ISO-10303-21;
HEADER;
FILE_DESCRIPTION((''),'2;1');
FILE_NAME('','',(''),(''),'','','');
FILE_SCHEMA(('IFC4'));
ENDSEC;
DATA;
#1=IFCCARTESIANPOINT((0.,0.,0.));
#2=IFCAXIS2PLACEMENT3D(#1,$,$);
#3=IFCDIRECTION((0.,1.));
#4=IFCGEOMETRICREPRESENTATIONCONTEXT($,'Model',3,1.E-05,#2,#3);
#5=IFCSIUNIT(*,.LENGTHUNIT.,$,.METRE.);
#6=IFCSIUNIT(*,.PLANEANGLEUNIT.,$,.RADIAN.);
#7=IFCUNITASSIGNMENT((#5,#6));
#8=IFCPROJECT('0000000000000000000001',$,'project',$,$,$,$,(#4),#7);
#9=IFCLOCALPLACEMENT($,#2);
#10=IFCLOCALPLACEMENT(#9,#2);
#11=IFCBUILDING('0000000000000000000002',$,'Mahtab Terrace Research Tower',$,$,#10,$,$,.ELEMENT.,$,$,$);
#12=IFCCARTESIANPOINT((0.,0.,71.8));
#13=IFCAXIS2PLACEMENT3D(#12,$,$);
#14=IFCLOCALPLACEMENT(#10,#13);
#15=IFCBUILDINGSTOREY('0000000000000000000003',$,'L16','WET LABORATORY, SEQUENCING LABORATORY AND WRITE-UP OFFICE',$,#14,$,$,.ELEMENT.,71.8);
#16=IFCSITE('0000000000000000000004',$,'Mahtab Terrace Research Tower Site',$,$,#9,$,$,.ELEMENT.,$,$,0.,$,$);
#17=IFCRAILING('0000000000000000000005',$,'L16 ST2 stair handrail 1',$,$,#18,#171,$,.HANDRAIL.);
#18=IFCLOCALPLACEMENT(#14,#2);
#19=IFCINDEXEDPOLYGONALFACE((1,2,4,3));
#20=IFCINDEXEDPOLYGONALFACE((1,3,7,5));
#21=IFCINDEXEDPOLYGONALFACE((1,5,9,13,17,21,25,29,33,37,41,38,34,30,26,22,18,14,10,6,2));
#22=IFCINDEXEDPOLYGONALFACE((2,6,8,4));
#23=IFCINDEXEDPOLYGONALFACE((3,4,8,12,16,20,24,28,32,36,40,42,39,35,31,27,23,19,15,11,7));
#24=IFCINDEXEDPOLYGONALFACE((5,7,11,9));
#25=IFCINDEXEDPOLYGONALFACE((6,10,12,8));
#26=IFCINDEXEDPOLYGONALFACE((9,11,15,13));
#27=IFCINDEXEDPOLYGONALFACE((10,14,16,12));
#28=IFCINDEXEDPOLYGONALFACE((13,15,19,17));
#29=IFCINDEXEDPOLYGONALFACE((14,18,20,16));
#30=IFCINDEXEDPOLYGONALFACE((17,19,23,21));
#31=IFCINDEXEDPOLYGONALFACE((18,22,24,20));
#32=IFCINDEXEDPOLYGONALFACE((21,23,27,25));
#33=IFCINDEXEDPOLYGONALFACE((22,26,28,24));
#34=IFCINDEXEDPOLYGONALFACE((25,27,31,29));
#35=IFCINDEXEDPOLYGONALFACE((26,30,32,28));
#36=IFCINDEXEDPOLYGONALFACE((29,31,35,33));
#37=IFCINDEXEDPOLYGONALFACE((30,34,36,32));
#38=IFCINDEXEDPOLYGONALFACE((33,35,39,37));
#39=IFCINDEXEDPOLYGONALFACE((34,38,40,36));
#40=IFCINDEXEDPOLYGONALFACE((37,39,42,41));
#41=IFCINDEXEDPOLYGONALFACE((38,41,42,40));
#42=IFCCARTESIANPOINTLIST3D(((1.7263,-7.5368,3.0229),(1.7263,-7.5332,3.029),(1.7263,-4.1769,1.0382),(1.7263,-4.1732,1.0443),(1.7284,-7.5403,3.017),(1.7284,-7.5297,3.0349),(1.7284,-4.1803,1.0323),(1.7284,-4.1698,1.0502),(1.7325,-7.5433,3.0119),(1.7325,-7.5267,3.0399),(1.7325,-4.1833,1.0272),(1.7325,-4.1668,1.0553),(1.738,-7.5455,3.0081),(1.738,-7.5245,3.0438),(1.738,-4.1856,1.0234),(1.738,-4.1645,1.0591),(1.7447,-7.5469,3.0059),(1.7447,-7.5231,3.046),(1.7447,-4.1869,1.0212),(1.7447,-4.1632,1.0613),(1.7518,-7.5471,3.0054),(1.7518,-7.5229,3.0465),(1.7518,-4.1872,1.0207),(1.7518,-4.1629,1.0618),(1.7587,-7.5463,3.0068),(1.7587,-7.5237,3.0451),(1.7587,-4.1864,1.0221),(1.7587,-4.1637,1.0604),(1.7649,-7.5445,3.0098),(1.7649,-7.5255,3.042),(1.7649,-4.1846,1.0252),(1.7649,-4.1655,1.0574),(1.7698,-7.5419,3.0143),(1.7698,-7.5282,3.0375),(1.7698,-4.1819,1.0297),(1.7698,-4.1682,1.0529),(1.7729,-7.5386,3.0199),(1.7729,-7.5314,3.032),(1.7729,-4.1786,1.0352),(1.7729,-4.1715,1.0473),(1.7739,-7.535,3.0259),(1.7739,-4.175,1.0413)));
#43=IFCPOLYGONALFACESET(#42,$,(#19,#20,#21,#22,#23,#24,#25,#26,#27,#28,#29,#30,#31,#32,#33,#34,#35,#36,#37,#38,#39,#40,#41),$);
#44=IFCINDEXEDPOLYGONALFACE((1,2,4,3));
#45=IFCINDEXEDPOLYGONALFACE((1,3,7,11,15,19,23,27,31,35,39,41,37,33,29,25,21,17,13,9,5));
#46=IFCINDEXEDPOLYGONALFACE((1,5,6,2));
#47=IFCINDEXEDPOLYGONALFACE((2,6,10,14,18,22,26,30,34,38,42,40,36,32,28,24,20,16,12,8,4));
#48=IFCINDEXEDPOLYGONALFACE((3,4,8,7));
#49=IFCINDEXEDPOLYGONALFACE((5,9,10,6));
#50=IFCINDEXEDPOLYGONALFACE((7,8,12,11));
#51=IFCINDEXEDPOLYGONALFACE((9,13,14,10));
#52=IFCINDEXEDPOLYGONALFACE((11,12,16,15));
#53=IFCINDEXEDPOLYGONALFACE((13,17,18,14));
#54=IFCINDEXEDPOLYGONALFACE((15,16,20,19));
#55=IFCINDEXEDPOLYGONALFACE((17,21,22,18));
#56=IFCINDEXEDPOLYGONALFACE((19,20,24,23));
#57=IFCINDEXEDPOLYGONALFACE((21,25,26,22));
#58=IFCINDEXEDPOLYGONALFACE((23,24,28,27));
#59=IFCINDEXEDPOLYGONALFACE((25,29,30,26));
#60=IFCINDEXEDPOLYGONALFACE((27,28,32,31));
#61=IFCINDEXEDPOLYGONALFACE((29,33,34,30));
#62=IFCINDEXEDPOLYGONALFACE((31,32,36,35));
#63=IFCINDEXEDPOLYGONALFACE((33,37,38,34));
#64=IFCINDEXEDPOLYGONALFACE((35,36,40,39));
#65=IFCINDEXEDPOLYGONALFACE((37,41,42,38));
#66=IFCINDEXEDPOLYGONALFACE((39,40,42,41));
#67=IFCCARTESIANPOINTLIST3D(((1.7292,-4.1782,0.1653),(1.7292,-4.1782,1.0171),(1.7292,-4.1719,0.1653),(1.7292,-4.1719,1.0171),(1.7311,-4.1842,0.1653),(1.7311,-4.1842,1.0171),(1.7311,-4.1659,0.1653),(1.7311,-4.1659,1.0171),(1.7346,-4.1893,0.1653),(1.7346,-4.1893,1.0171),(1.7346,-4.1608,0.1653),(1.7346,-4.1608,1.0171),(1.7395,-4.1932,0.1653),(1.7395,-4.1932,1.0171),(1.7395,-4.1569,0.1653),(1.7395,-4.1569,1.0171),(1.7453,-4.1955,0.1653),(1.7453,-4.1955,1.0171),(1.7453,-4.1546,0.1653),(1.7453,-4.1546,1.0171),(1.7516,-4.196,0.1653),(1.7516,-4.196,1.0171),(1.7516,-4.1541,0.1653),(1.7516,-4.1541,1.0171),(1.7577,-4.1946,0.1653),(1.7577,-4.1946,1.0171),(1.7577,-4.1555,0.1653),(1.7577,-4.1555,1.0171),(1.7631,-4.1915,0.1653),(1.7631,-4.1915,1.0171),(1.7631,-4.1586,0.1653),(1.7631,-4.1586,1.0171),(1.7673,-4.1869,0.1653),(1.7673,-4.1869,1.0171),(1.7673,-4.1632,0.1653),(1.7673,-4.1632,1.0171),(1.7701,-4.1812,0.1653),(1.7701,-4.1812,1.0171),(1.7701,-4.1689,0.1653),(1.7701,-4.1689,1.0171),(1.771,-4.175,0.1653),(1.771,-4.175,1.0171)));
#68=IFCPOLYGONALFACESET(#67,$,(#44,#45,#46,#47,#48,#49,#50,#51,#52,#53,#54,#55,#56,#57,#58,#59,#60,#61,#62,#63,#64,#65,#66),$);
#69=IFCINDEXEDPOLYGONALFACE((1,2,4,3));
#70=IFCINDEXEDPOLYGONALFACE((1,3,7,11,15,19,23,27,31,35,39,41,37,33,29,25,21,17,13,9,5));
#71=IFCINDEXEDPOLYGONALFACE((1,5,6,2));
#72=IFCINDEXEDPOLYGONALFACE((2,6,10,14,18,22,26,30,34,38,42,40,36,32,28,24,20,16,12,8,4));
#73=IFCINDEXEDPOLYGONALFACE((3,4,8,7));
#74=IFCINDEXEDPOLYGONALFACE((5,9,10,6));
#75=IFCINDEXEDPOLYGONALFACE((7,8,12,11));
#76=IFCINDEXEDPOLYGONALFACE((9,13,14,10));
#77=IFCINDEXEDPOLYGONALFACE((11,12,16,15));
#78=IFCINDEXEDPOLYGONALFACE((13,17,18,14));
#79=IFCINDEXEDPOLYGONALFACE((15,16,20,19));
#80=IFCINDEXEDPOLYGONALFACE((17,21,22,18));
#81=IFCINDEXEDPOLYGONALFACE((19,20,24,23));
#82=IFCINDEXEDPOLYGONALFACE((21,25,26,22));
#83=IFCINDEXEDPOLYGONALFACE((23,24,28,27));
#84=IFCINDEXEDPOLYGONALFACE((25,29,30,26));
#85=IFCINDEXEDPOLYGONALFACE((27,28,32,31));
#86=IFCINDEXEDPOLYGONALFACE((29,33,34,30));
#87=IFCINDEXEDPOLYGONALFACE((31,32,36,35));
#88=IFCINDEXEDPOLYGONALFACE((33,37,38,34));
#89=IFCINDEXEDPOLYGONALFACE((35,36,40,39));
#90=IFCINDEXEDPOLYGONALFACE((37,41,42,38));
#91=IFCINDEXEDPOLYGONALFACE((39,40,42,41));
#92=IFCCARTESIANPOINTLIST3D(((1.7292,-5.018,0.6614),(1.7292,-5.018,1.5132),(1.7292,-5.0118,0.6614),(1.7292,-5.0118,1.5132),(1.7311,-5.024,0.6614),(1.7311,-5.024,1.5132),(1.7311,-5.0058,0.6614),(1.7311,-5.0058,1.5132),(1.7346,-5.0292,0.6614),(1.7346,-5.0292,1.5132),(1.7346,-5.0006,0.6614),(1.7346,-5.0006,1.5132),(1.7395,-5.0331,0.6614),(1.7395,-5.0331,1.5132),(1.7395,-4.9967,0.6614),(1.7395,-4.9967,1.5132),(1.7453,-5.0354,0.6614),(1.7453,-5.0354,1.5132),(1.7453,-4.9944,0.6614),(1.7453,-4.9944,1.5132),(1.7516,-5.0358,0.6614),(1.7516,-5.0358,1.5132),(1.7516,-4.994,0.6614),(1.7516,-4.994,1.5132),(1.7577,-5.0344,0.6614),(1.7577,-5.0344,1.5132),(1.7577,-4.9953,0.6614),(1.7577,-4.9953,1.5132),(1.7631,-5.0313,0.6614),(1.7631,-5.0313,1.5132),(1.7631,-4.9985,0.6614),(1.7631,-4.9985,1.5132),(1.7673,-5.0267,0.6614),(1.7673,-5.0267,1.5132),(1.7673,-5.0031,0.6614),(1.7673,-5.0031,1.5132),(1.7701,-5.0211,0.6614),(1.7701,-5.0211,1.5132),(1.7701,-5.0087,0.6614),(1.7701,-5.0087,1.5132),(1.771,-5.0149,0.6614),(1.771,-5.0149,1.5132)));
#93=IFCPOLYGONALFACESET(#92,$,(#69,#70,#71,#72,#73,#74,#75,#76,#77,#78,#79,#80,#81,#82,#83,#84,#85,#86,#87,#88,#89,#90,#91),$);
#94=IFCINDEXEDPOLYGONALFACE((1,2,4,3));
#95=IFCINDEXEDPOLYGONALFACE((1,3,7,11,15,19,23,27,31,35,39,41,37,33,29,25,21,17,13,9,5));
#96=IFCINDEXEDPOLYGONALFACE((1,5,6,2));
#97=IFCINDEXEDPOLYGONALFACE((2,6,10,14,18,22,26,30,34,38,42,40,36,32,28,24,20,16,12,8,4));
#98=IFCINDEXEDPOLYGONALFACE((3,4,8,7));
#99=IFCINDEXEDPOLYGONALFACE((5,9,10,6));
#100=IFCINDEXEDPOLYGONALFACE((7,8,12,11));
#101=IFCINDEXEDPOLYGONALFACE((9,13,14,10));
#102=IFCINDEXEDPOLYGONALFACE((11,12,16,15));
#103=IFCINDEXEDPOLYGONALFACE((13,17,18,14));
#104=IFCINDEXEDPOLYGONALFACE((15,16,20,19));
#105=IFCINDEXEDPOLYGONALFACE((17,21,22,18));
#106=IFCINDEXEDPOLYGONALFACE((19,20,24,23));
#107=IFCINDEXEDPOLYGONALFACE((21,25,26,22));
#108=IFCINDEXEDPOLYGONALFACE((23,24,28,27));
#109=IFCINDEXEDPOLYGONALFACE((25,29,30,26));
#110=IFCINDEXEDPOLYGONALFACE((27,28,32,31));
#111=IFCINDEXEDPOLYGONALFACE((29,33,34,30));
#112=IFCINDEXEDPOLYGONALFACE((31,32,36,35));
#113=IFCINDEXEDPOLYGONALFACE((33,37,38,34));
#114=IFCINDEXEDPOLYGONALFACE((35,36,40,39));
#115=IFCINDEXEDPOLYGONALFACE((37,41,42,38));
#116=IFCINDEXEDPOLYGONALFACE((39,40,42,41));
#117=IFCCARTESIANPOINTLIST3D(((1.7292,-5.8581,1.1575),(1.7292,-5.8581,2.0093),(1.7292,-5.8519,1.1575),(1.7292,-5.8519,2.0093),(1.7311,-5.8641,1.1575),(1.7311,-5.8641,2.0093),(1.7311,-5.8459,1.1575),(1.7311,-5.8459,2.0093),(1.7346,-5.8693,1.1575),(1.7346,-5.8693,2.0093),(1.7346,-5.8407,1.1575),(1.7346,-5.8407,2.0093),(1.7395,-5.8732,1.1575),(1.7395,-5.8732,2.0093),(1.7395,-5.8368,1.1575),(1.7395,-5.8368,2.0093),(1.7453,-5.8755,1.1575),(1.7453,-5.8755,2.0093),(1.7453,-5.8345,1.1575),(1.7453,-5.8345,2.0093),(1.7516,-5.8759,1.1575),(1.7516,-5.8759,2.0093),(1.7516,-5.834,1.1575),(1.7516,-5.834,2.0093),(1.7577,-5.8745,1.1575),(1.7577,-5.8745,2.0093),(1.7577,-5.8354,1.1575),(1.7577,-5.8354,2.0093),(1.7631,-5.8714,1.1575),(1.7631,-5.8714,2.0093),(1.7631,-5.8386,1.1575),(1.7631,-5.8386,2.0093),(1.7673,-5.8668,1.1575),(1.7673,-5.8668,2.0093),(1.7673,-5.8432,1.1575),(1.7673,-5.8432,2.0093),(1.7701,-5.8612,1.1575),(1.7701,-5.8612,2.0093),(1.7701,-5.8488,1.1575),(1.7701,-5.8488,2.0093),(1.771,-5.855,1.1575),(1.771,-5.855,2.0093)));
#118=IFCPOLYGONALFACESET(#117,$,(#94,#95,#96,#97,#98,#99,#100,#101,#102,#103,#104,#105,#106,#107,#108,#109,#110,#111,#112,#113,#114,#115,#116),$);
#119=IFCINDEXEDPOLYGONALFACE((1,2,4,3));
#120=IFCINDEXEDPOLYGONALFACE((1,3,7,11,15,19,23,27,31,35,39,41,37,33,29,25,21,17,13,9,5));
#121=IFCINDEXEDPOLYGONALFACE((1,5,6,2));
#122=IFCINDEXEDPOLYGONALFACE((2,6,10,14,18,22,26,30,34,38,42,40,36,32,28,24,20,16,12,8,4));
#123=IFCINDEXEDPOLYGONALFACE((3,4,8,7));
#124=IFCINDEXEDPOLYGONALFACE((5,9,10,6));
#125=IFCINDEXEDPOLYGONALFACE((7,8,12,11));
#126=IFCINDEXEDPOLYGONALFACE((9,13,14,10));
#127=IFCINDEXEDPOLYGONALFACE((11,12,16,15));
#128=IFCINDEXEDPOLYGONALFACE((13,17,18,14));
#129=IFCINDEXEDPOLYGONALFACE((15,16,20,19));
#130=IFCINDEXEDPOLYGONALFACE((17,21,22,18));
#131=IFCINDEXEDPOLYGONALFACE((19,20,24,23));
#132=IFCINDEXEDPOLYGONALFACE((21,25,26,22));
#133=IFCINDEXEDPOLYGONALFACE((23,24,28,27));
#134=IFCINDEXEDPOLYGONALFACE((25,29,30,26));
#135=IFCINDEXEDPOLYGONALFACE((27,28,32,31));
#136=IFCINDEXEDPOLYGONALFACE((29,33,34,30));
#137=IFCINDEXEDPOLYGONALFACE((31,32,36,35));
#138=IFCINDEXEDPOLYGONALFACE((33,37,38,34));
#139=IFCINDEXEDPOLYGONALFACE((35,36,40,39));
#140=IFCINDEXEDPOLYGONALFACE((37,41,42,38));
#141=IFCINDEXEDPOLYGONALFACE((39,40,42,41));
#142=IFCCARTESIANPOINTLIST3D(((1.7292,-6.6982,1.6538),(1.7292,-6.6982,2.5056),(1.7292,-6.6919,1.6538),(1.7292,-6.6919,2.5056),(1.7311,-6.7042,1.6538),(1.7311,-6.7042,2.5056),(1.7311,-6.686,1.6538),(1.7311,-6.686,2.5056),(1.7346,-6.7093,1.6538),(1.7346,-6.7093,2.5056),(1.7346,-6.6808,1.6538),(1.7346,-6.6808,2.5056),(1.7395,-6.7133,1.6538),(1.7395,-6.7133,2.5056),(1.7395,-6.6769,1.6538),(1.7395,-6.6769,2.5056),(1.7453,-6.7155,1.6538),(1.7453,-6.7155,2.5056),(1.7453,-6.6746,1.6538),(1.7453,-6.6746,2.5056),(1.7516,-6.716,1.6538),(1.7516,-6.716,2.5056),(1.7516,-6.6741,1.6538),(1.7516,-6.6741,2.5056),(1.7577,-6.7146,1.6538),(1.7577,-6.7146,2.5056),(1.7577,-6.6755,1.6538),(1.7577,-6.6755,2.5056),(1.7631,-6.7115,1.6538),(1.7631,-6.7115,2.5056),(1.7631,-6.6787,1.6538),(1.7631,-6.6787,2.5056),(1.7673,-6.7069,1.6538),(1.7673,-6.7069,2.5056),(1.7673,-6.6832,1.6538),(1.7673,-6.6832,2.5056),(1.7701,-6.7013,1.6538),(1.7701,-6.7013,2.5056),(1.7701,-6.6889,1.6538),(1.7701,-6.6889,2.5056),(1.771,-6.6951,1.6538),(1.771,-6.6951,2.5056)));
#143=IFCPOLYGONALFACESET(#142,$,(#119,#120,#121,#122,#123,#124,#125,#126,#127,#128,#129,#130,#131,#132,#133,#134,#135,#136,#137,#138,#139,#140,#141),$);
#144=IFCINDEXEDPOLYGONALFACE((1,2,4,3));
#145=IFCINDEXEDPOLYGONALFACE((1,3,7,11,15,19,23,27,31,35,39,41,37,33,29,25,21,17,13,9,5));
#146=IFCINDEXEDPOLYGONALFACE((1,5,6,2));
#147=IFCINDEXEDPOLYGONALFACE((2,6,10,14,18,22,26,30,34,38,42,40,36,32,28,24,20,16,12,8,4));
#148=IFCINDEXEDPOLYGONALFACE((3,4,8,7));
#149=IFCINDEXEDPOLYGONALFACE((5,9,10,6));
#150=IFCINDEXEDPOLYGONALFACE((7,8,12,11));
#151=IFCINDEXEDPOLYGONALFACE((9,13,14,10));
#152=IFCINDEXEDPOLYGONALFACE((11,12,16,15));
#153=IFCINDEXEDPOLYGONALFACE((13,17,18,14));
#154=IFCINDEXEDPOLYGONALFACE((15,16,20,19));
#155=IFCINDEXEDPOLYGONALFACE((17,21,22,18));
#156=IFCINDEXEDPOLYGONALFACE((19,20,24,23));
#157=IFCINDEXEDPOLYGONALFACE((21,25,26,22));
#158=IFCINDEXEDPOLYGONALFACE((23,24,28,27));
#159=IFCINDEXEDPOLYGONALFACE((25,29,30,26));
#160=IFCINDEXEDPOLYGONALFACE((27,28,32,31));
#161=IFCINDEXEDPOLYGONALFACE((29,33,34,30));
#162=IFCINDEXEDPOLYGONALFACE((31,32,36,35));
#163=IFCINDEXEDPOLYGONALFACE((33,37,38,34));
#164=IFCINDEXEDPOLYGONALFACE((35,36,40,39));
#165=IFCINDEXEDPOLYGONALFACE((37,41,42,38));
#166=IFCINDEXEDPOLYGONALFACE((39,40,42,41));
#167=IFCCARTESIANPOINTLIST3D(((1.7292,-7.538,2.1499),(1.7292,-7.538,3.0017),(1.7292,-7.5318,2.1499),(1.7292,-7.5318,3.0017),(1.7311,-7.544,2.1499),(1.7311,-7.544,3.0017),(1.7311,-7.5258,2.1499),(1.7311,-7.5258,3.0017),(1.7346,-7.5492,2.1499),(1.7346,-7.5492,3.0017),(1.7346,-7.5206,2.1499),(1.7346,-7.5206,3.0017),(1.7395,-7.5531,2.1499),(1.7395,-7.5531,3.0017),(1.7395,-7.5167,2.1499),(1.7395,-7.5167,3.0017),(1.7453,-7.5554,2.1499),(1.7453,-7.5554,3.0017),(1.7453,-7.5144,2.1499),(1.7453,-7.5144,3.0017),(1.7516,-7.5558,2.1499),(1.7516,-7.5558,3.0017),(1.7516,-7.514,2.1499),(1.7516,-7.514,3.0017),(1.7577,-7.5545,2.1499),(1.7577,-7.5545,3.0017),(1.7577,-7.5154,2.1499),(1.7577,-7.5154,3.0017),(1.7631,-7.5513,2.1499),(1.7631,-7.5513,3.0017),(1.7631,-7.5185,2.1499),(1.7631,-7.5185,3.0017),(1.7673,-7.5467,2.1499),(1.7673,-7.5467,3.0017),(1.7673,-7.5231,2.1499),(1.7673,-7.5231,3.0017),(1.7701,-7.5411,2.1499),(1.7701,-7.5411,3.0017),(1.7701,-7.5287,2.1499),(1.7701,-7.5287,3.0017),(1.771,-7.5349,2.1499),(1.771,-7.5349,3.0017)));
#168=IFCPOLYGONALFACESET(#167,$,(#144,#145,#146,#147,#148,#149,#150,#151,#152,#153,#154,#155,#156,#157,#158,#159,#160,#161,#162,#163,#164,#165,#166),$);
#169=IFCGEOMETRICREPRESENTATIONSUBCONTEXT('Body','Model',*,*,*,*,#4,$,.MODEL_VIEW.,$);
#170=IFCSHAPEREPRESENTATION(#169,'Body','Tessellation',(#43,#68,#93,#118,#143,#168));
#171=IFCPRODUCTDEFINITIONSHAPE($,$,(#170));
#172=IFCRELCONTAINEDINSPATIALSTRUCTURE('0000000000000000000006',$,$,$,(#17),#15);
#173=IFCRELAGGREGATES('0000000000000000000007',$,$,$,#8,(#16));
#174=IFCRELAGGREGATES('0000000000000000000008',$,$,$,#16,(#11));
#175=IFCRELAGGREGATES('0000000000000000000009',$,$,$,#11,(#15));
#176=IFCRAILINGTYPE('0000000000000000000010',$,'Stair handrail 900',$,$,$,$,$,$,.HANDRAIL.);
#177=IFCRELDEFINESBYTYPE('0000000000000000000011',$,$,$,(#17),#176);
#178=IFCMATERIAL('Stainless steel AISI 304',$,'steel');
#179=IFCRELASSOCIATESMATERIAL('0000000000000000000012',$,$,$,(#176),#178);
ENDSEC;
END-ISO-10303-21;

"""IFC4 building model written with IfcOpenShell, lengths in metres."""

from ifc_helpers import new_model, si_unit, direction, frame, origin, origin_2d, place, context, subcontext, project, spatial, circle, extrude, material, type_object, element, save


model = new_model("IFC4")

# Units and contexts
model_context = context("Model", 3, precision=1e-05, world=origin(), true_north=direction((0.0, 1.0)))
body_context = subcontext(model_context, "Body", "Model", "MODEL_VIEW")
ifc_project = project(units=[si_unit("LENGTHUNIT", "METRE"), si_unit("PLANEANGLEUNIT", "RADIAN")], contexts=[model_context])

# Site, building, storey
site_placement = place(None, origin())
site = spatial("IfcSite", under=ifc_project, at=site_placement, Name="Mahtab Terrace Research Tower Site", CompositionType="ELEMENT", RefElevation=0.0)
building_placement = place(site_placement, origin())
building = spatial("IfcBuilding", under=site, at=building_placement, Name="Mahtab Terrace Research Tower", CompositionType="ELEMENT")
storey_placement = place(building_placement, frame((0.0, 0.0, 71.8)))
storey = spatial("IfcBuildingStorey", under=building, at=storey_placement, Name="L16", Description="WET LABORATORY, SEQUENCING LABORATORY AND WRITE-UP OFFICE", CompositionType="ELEMENT", Elevation=71.8)

# Railing
ifc_material_1 = material(Name="Stainless steel AISI 304", Category="steel")
railing_type_1 = type_object("IfcRailingType", Name="Stair handrail 900", PredefinedType="HANDRAIL", material=ifc_material_1)
railing_1_placement = place(storey_placement, frame((1.75, -4.175, 0.1653)))
element("IfcRailing", 1, at=railing_1_placement, inside=storey, type_object=railing_type_1, Name="L16 ST2 stair handrail 1", PredefinedType="HANDRAIL", context=body_context, shape_type="SweptSolid", body=[
    extrude(circle(Radius=0.0239, at=origin_2d()), frame((0.0, 0.0, 0.876), z_axis=(0.0, -0.861011, 0.508586), x_axis=(1.0, 0.0, 0.0)), (0.0, 0.0, 1.0), 3.9023),
    extrude(circle(Radius=0.021, at=origin_2d()), origin(), (0.0, 0.0, 1.0), 0.8518),
    extrude(circle(Radius=0.021, at=origin_2d()), frame((0.0, -0.8398, 0.4961)), (0.0, 0.0, 1.0), 0.8518),
    extrude(circle(Radius=0.021, at=origin_2d()), frame((0.0, -1.6799, 0.9922)), (0.0, 0.0, 1.0), 0.8518),
    extrude(circle(Radius=0.021, at=origin_2d()), frame((0.0, -2.52, 1.4885)), (0.0, 0.0, 1.0), 0.8518),
    extrude(circle(Radius=0.021, at=origin_2d()), frame((0.0, -3.3599, 1.9846)), (0.0, 0.0, 1.0), 0.8518),
])

save(model, "model.ifc")
